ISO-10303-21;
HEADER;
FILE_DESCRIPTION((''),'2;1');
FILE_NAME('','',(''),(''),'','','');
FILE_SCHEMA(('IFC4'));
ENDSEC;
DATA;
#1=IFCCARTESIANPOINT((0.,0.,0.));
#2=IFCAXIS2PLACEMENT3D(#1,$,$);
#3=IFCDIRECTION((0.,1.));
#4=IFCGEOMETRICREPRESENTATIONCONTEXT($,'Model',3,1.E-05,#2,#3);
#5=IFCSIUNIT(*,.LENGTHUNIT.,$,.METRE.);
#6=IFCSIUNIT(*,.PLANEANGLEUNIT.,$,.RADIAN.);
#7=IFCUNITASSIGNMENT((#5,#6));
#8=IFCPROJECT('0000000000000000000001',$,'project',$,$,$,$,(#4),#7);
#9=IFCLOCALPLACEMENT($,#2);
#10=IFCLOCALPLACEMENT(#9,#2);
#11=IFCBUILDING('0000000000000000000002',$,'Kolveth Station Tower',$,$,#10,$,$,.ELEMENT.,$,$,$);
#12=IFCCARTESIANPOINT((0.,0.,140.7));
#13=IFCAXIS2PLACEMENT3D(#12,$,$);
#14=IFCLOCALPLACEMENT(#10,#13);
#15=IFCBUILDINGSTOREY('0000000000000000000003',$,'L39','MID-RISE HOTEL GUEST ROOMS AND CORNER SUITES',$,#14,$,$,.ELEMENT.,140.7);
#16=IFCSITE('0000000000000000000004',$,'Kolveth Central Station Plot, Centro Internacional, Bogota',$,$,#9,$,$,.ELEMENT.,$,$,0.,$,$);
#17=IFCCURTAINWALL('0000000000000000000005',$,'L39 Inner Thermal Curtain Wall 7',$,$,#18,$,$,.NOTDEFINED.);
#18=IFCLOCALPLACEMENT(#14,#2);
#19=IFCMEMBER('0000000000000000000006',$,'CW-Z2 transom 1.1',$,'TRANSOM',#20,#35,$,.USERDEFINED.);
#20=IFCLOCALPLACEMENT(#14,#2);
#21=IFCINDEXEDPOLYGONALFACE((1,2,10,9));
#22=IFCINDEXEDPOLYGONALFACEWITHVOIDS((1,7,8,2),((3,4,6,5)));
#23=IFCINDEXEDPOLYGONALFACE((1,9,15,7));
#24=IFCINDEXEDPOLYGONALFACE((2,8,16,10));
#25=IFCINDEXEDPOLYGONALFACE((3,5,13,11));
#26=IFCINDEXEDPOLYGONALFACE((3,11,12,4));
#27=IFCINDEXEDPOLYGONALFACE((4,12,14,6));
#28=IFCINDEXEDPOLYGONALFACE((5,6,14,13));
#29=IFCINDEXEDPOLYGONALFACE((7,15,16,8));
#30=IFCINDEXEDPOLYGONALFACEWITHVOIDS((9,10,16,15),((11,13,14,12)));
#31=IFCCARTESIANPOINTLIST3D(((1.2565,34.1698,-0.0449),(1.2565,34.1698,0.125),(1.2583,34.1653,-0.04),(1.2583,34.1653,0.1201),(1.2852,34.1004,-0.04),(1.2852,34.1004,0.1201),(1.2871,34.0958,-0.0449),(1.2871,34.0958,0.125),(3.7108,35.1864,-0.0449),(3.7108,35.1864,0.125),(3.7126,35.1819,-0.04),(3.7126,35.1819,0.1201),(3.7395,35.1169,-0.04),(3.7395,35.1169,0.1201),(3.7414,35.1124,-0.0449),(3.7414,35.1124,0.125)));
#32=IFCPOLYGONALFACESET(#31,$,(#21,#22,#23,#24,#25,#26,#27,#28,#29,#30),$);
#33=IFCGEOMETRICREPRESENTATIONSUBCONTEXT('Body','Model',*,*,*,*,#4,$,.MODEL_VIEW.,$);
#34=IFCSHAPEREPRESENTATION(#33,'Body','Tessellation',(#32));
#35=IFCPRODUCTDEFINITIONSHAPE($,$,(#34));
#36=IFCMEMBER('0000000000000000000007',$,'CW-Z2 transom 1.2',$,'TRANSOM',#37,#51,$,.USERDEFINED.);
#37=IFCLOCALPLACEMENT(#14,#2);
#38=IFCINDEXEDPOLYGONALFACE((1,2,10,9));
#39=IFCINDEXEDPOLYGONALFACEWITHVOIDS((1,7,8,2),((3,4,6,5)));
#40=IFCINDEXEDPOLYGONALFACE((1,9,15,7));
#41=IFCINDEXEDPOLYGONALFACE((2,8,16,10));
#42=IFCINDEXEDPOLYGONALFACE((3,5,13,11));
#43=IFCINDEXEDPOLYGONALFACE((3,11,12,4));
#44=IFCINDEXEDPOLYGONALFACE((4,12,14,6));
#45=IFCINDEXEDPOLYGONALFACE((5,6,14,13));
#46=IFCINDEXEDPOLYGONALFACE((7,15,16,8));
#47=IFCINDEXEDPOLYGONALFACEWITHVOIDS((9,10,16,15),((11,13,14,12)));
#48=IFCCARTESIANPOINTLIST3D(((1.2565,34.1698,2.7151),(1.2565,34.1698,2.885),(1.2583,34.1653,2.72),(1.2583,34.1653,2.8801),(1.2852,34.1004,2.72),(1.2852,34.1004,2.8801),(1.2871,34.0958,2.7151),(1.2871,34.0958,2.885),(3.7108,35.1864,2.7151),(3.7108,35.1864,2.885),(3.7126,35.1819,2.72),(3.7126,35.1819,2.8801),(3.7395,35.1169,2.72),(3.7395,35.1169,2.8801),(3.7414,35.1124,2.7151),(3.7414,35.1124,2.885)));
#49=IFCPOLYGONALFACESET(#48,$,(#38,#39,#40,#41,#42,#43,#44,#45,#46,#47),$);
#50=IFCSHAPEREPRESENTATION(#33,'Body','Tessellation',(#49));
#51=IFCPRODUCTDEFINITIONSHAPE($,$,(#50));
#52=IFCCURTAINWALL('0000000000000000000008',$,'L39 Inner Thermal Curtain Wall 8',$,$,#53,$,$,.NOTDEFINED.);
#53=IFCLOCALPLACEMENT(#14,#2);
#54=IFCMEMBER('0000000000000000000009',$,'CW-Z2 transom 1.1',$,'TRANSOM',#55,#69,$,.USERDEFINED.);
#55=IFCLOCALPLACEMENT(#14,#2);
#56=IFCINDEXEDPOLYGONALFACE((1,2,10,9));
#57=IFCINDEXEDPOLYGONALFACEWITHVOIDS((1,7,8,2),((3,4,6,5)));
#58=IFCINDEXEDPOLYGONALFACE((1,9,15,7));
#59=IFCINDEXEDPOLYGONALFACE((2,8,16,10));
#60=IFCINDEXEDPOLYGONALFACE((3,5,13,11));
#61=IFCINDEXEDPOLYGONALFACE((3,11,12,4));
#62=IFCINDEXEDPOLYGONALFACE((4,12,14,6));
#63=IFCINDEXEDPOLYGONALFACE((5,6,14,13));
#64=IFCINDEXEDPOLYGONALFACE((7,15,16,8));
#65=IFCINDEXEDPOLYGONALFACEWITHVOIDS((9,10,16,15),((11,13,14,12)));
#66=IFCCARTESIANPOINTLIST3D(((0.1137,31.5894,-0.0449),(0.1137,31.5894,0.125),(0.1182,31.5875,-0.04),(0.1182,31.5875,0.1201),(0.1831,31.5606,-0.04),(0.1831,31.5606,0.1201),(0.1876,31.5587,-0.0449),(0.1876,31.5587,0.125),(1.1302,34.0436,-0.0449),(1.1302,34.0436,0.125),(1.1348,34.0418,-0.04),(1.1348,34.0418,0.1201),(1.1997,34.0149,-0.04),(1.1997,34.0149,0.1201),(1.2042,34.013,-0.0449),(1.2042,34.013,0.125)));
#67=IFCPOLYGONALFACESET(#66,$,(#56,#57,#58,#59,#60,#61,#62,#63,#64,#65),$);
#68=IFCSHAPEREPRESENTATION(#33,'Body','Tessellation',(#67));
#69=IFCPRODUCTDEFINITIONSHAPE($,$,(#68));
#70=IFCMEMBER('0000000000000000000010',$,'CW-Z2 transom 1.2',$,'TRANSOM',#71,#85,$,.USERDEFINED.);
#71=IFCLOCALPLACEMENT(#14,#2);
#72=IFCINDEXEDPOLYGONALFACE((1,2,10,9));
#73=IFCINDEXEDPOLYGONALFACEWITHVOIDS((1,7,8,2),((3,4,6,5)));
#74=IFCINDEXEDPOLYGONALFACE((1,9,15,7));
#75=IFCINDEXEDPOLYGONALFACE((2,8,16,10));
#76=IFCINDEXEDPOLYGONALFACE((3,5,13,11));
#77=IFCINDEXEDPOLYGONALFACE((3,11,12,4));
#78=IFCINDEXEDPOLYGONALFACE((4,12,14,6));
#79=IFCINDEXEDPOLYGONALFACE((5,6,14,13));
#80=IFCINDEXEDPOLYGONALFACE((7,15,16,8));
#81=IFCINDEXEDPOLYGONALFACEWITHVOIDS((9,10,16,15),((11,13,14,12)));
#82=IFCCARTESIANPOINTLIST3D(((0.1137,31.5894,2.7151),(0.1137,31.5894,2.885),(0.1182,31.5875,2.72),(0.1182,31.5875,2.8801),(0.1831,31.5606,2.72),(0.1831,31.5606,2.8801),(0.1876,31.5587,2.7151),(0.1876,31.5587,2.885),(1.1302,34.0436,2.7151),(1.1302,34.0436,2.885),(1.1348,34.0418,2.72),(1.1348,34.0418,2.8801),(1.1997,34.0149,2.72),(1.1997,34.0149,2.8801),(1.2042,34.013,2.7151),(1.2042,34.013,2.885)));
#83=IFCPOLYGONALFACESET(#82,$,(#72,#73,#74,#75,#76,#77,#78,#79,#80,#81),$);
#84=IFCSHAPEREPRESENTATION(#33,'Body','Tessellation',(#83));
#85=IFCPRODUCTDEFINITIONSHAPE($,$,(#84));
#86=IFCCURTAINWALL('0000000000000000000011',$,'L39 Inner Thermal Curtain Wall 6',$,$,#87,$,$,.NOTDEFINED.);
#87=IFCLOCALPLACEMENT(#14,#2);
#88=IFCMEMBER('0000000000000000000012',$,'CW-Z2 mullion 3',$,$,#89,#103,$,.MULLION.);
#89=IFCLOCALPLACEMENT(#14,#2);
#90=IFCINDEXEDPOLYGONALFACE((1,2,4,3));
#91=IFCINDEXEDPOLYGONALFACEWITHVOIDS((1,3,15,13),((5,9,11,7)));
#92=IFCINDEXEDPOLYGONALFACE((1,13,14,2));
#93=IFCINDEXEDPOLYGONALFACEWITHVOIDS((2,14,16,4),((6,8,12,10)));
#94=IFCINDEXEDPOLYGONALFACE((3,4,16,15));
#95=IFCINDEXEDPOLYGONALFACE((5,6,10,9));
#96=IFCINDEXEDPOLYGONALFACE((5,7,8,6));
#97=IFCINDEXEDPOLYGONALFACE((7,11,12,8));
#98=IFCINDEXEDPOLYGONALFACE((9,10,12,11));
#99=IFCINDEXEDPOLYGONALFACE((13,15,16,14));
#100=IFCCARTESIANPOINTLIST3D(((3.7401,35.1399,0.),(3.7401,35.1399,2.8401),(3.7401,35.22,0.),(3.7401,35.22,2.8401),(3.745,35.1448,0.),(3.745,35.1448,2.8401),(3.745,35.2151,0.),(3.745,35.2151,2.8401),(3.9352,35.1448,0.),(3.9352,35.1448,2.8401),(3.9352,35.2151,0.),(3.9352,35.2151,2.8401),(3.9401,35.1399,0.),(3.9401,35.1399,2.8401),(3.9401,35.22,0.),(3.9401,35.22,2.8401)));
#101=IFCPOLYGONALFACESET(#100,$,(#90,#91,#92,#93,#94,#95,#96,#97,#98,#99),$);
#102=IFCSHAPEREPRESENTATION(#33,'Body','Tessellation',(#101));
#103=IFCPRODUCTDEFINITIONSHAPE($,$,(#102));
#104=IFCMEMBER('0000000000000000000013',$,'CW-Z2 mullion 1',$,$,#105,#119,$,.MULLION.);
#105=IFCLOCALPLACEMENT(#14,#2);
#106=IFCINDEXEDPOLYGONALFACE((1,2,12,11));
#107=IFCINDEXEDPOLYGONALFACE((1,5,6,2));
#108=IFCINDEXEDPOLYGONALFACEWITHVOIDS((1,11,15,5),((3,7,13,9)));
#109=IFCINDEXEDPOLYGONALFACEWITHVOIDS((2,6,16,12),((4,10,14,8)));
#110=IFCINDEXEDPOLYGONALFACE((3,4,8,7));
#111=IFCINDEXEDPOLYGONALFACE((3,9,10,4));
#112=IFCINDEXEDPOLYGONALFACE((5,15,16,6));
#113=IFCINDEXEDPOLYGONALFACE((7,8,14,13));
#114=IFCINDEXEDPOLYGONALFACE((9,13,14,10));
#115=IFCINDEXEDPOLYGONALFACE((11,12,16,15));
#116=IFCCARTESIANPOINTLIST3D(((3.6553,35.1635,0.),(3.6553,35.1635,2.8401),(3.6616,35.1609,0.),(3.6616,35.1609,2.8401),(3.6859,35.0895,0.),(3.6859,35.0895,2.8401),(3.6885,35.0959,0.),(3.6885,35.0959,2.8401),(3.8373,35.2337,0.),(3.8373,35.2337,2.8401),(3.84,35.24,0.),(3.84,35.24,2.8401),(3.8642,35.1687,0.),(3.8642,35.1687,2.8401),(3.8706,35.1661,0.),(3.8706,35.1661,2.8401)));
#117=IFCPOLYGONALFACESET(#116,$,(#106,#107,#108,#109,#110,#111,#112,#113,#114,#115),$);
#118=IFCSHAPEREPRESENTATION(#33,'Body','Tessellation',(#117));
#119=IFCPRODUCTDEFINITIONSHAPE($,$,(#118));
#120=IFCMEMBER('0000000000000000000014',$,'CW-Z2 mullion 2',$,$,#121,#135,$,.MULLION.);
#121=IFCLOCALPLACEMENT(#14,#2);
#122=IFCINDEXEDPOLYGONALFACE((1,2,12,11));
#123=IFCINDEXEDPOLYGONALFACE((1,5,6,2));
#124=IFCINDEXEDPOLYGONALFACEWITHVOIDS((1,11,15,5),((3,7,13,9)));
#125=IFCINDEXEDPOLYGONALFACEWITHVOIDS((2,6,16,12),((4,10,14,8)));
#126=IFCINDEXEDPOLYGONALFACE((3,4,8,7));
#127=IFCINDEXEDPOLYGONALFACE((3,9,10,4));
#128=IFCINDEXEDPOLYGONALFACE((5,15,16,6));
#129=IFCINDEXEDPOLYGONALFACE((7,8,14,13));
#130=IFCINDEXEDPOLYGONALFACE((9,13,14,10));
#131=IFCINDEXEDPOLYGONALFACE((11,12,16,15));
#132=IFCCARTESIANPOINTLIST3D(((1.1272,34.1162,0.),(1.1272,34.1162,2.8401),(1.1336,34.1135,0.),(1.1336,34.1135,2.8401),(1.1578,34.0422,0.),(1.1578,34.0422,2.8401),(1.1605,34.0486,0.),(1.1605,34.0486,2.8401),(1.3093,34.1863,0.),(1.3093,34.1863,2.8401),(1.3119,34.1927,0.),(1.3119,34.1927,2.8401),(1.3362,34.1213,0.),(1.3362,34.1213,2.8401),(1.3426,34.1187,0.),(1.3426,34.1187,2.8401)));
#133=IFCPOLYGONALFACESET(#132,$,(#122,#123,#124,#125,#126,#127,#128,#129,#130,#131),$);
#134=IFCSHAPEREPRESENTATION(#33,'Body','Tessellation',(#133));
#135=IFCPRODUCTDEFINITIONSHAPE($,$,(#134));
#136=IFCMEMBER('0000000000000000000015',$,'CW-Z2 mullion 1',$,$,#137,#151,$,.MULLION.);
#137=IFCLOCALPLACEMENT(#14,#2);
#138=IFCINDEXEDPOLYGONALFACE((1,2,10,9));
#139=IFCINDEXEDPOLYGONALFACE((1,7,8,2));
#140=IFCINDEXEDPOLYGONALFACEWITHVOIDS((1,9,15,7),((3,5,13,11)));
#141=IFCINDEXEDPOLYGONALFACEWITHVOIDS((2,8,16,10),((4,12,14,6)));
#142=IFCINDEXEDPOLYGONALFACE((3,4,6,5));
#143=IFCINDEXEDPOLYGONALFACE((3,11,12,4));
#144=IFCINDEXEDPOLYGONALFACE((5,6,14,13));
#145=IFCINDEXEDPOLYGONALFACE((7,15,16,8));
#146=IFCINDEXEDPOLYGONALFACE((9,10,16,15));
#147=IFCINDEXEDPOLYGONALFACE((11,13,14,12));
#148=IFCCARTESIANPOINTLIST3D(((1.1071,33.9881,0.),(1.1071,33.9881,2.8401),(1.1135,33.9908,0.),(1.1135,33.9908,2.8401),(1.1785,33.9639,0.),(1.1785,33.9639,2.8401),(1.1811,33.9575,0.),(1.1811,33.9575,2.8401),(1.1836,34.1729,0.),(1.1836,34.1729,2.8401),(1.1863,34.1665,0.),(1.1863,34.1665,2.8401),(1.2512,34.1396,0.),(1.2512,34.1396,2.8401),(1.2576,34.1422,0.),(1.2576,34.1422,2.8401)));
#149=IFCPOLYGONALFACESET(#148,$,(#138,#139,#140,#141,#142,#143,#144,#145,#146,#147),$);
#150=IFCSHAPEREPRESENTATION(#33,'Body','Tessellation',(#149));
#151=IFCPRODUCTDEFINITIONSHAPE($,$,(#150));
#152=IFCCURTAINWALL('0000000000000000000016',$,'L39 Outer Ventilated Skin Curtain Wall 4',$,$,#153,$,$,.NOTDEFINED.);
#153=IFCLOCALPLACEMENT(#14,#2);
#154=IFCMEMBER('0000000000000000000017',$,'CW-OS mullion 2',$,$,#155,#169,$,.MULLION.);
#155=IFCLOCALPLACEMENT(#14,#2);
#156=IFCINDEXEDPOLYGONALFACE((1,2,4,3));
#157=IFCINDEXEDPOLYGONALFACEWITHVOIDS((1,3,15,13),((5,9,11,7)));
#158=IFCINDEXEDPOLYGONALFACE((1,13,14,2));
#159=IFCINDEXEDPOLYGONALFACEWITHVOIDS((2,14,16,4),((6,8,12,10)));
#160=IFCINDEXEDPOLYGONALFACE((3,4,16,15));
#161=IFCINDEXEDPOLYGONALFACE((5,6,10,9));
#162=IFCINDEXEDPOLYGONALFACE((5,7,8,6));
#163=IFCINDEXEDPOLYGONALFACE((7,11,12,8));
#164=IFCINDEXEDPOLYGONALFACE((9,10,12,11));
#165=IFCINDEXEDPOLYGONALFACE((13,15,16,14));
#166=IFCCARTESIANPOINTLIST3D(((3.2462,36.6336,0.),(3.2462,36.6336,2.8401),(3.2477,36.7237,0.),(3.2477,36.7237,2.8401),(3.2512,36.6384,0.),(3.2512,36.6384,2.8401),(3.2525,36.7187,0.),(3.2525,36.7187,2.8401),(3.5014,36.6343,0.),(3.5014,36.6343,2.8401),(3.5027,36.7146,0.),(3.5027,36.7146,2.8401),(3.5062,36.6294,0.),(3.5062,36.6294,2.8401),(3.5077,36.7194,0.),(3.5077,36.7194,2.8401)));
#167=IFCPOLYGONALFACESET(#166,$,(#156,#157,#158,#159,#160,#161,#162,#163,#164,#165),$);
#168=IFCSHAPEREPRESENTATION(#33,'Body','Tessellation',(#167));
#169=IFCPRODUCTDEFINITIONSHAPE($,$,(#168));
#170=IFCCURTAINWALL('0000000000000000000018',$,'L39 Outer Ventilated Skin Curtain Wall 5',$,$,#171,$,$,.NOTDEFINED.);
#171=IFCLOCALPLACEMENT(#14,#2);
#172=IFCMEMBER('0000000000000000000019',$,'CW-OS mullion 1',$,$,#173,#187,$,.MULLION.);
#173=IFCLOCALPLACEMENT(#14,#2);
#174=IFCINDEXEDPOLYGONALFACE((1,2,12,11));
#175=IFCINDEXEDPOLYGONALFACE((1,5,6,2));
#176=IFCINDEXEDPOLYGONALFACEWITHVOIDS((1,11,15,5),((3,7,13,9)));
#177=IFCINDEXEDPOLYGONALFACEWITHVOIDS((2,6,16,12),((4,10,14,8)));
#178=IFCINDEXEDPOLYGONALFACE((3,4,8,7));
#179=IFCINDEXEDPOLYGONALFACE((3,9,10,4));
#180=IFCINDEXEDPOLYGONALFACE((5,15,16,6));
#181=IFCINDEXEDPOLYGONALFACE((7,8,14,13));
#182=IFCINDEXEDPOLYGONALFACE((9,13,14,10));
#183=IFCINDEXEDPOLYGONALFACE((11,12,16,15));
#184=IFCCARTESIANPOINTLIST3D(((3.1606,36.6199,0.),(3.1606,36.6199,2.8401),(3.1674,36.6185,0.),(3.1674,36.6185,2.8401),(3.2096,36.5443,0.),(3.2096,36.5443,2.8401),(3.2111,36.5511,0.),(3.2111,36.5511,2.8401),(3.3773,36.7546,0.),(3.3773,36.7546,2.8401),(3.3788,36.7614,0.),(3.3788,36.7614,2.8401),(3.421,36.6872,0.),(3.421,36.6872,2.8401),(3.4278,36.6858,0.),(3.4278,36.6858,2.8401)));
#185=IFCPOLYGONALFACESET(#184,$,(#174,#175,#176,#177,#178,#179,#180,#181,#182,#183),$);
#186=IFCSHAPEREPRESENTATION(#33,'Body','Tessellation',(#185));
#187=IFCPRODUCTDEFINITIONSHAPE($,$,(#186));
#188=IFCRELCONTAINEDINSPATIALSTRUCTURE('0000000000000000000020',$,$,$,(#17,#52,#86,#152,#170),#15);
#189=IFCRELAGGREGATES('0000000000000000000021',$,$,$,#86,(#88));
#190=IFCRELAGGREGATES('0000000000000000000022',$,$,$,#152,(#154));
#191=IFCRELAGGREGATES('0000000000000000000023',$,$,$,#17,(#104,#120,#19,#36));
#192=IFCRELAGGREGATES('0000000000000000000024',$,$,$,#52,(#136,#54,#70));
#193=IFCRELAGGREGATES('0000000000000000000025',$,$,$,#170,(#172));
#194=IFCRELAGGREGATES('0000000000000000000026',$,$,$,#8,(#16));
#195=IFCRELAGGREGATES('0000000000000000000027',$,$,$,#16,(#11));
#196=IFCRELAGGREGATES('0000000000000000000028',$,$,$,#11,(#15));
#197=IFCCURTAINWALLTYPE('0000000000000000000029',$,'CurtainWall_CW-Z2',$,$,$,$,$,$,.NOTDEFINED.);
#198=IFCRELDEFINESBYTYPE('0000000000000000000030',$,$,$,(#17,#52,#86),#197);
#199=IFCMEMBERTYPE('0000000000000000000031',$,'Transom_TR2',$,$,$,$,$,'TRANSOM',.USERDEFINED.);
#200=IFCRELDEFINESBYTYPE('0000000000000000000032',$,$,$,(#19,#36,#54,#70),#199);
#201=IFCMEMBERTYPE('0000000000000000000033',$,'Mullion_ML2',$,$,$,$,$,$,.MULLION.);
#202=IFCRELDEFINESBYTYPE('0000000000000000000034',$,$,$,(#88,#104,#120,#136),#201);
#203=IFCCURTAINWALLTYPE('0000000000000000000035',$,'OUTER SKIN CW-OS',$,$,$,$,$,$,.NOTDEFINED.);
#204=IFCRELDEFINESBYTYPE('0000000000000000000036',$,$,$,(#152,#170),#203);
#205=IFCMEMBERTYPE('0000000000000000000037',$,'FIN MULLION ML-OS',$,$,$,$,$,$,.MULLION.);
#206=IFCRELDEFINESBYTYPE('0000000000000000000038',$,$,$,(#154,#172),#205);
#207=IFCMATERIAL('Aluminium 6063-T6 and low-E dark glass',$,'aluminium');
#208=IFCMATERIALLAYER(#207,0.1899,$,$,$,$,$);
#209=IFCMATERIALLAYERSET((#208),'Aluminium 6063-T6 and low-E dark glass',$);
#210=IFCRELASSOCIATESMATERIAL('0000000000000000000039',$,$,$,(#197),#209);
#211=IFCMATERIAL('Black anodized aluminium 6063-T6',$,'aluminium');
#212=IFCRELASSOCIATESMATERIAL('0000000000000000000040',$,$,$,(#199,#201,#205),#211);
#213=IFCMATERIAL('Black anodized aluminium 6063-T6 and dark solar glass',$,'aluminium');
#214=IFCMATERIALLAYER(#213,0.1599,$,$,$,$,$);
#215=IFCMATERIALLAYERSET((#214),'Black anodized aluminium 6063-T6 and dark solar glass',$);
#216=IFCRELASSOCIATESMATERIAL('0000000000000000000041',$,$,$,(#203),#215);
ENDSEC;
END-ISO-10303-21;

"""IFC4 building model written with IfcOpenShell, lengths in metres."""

from ifc_helpers import new_model, si_unit, direction, frame, origin, origin_2d, place, context, subcontext, project, spatial, hollow_rectangle, extrude, source, transform, mapped, material, layer, layer_set, material_profile, profile_set, type_object, element, aggregate, save


model = new_model("IFC4")

# Units and contexts
model_context = context("Model", 3, precision=1e-05, world=origin(), true_north=direction((0.0, 1.0)))
body_context = subcontext(model_context, "Body", "Model", "MODEL_VIEW")
ifc_project = project(units=[si_unit("LENGTHUNIT", "METRE"), si_unit("PLANEANGLEUNIT", "RADIAN")], contexts=[model_context])

# Site, building, storey
site_placement = place(None, origin())
site = spatial("IfcSite", under=ifc_project, at=site_placement, Name="Kolveth Central Station Plot, Centro Internacional, Bogota", CompositionType="ELEMENT", RefElevation=0.0)
building_placement = place(site_placement, origin())
building = spatial("IfcBuilding", under=site, at=building_placement, Name="Kolveth Station Tower", CompositionType="ELEMENT")
storey_placement = place(building_placement, frame((0.0, 0.0, 140.7)))
storey = spatial("IfcBuildingStorey", under=building, at=storey_placement, Name="L39", Description="MID-RISE HOTEL GUEST ROOMS AND CORNER SUITES", CompositionType="ELEMENT", Elevation=140.7)

# Curtain walls, members
ifc_material_1 = material(Name="Aluminium 6063-T6 and low-E dark glass", Category="aluminium")
ifc_layer_1 = layer(ifc_material_1, 0.1899)
ifc_layer_set_1 = layer_set([ifc_layer_1], Name="Aluminium 6063-T6 and low-E dark glass")
curtain_wall_type_1 = type_object("IfcCurtainWallType", Name="CurtainWall_CW-Z2", PredefinedType="NOTDEFINED", material=ifc_layer_set_1)
curtain_wall_1_placement = place(storey_placement, origin())
curtain_wall_1 = element("IfcCurtainWall", 1, at=curtain_wall_1_placement, inside=storey, type_object=curtain_wall_type_1, Name="L39 Inner Thermal Curtain Wall 7", PredefinedType="NOTDEFINED")
ifc_material_2 = material(Name="Black anodized aluminium 6063-T6", Category="aluminium")
ifc_material_profile_1 = material_profile(ifc_material_2, hollow_rectangle(XDim=0.0801, YDim=0.1699, WallThickness=0.0049, at=origin_2d()), Name="ALU-80x170x5")
ifc_profile_set_1 = profile_set([ifc_material_profile_1], Name="Black anodized aluminium 6063-T6")
member_type_1 = type_object("IfcMemberType", Name="Transom_TR2", ElementType="TRANSOM", PredefinedType="USERDEFINED", material=ifc_profile_set_1)
shared_shape_1 = source(origin(), body_context, "Body", "SweptSolid", [
    extrude(hollow_rectangle(XDim=0.0801, YDim=0.1699, WallThickness=0.0049, at=origin_2d()), origin(), (0.0, 0.0, 1.0), 2.6565),
])
member_1_placement = place(storey_placement, frame((3.7261, 35.1494, 0.04), z_axis=(-0.923882, -0.382676, 0.0), x_axis=(0.382676, -0.923882, 0.0)))
member_1 = element("IfcMember", 2, at=member_1_placement, type_object=member_type_1, Name="CW-Z2 transom 1.1", ObjectType="TRANSOM", PredefinedType="USERDEFINED", context=body_context, shape_type="MappedRepresentation", body=[
    mapped(shared_shape_1, transform((0.0, 0.0, 0.0), x_axis=(1.0, 0.0, 0.0), y_axis=(0.0, 1.0, 0.0), z_axis=(0.0, 0.0, 1.0), scale=1.0)),
])
member_2_placement = place(storey_placement, frame((3.7261, 35.1494, 2.8), z_axis=(-0.923882, -0.382676, 0.0), x_axis=(0.382676, -0.923882, 0.0)))
member_2 = element("IfcMember", 3, at=member_2_placement, type_object=member_type_1, Name="CW-Z2 transom 1.2", ObjectType="TRANSOM", PredefinedType="USERDEFINED", context=body_context, shape_type="MappedRepresentation", body=[
    mapped(shared_shape_1, transform((0.0, 0.0, 0.0), x_axis=(1.0, 0.0, 0.0), y_axis=(0.0, 1.0, 0.0), z_axis=(0.0, 0.0, 1.0), scale=1.0)),
])
curtain_wall_2_placement = place(storey_placement, origin())
curtain_wall_2 = element("IfcCurtainWall", 4, at=curtain_wall_2_placement, inside=storey, type_object=curtain_wall_type_1, Name="L39 Inner Thermal Curtain Wall 8", PredefinedType="NOTDEFINED")
member_3_placement = place(storey_placement, frame((1.1672, 34.0283, 0.04), z_axis=(-0.382676, -0.923882, 0.0), x_axis=(0.923882, -0.382676, 0.0)))
member_3 = element("IfcMember", 5, at=member_3_placement, type_object=member_type_1, Name="CW-Z2 transom 1.1", ObjectType="TRANSOM", PredefinedType="USERDEFINED", context=body_context, shape_type="MappedRepresentation", body=[
    mapped(shared_shape_1, transform((0.0, 0.0, 0.0), x_axis=(1.0, 0.0, 0.0), y_axis=(0.0, 1.0, 0.0), z_axis=(0.0, 0.0, 1.0), scale=1.0)),
])
member_4_placement = place(storey_placement, frame((1.1672, 34.0283, 2.8), z_axis=(-0.382676, -0.923882, 0.0), x_axis=(0.923882, -0.382676, 0.0)))
member_4 = element("IfcMember", 6, at=member_4_placement, type_object=member_type_1, Name="CW-Z2 transom 1.2", ObjectType="TRANSOM", PredefinedType="USERDEFINED", context=body_context, shape_type="MappedRepresentation", body=[
    mapped(shared_shape_1, transform((0.0, 0.0, 0.0), x_axis=(1.0, 0.0, 0.0), y_axis=(0.0, 1.0, 0.0), z_axis=(0.0, 0.0, 1.0), scale=1.0)),
])

# Curtain wall, member
curtain_wall_3_placement = place(storey_placement, origin())
curtain_wall_3 = element("IfcCurtainWall", 7, at=curtain_wall_3_placement, inside=storey, type_object=curtain_wall_type_1, Name="L39 Inner Thermal Curtain Wall 6", PredefinedType="NOTDEFINED")
ifc_material_profile_2 = material_profile(ifc_material_2, hollow_rectangle(XDim=0.0801, YDim=0.2, WallThickness=0.0049, at=origin_2d()), Name="ALU-80x200x5")
ifc_profile_set_2 = profile_set([ifc_material_profile_2], Name="Black anodized aluminium 6063-T6")
member_type_2 = type_object("IfcMemberType", Name="Mullion_ML2", PredefinedType="MULLION", material=ifc_profile_set_2)
shared_shape_2 = source(origin(), body_context, "Body", "SweptSolid", [
    extrude(hollow_rectangle(XDim=0.0801, YDim=0.2, WallThickness=0.0049, at=origin_2d()), origin(), (0.0, 0.0, 1.0), 2.8401),
])
member_5_placement = place(storey_placement, frame((3.8401, 35.1799, 0.0), z_axis=(0.0, 0.0, 1.0), x_axis=(0.0, -1.0, 0.0)))
member_5 = element("IfcMember", 8, at=member_5_placement, type_object=member_type_2, Name="CW-Z2 mullion 3", PredefinedType="MULLION", context=body_context, shape_type="MappedRepresentation", body=[
    mapped(shared_shape_2, transform((0.0, 0.0, 0.0), x_axis=(1.0, 0.0, 0.0), y_axis=(0.0, 1.0, 0.0), z_axis=(0.0, 0.0, 1.0), scale=1.0)),
])
aggregate(curtain_wall_3, [member_5])

# Members
member_6_placement = place(storey_placement, frame((3.7629, 35.1648, 0.0), z_axis=(0.0, 0.0, 1.0), x_axis=(0.382663, -0.923888, 0.0)))
member_6 = element("IfcMember", 9, at=member_6_placement, type_object=member_type_2, Name="CW-Z2 mullion 1", PredefinedType="MULLION", context=body_context, shape_type="MappedRepresentation", body=[
    mapped(shared_shape_2, transform((0.0, 0.0, 0.0), x_axis=(1.0, 0.0, 0.0), y_axis=(0.0, 1.0, 0.0), z_axis=(0.0, 0.0, 1.0), scale=1.0)),
])
member_7_placement = place(storey_placement, frame((1.2349, 34.1174, 0.0), z_axis=(0.0, 0.0, 1.0), x_axis=(0.382663, -0.923888, 0.0)))
member_7 = element("IfcMember", 10, at=member_7_placement, type_object=member_type_2, Name="CW-Z2 mullion 2", PredefinedType="MULLION", context=body_context, shape_type="MappedRepresentation", body=[
    mapped(shared_shape_2, transform((0.0, 0.0, 0.0), x_axis=(1.0, 0.0, 0.0), y_axis=(0.0, 1.0, 0.0), z_axis=(0.0, 0.0, 1.0), scale=1.0)),
])
member_8_placement = place(storey_placement, frame((1.1824, 34.0652, 0.0), z_axis=(0.0, 0.0, 1.0), x_axis=(0.923888, -0.382663, 0.0)))
member_8 = element("IfcMember", 11, at=member_8_placement, type_object=member_type_2, Name="CW-Z2 mullion 1", PredefinedType="MULLION", context=body_context, shape_type="MappedRepresentation", body=[
    mapped(shared_shape_2, transform((0.0, 0.0, 0.0), x_axis=(1.0, 0.0, 0.0), y_axis=(0.0, 1.0, 0.0), z_axis=(0.0, 0.0, 1.0), scale=1.0)),
])

# Curtain wall, member
ifc_material_3 = material(Name="Black anodized aluminium 6063-T6 and dark solar glass", Category="aluminium")
ifc_layer_2 = layer(ifc_material_3, 0.1599)
ifc_layer_set_2 = layer_set([ifc_layer_2], Name="Black anodized aluminium 6063-T6 and dark solar glass")
curtain_wall_type_2 = type_object("IfcCurtainWallType", Name="OUTER SKIN CW-OS", PredefinedType="NOTDEFINED", material=ifc_layer_set_2)
curtain_wall_4_placement = place(storey_placement, origin())
curtain_wall_4 = element("IfcCurtainWall", 12, at=curtain_wall_4_placement, inside=storey, type_object=curtain_wall_type_2, Name="L39 Outer Ventilated Skin Curtain Wall 4", PredefinedType="NOTDEFINED")
ifc_material_profile_3 = material_profile(ifc_material_2, hollow_rectangle(XDim=0.0901, YDim=0.26, WallThickness=0.0049, at=origin_2d()), Name="ALU-90x260x5")
ifc_profile_set_3 = profile_set([ifc_material_profile_3], Name="Black anodized aluminium 6063-T6")
member_type_3 = type_object("IfcMemberType", Name="FIN MULLION ML-OS", PredefinedType="MULLION", material=ifc_profile_set_3)
shared_shape_3 = source(origin(), body_context, "Body", "SweptSolid", [
    extrude(hollow_rectangle(XDim=0.0901, YDim=0.26, WallThickness=0.0049, at=origin_2d()), origin(), (0.0, 0.0, 1.0), 2.8401),
])
member_9_placement = place(storey_placement, frame((3.377, 36.6765, 0.0), z_axis=(0.0, 0.0, 1.0), x_axis=(-0.016212, -0.999869, 0.0)))
member_9 = element("IfcMember", 13, at=member_9_placement, type_object=member_type_3, Name="CW-OS mullion 2", PredefinedType="MULLION", context=body_context, shape_type="MappedRepresentation", body=[
    mapped(shared_shape_3, transform((0.0, 0.0, 0.0), x_axis=(1.0, 0.0, 0.0), y_axis=(0.0, 1.0, 0.0), z_axis=(0.0, 0.0, 1.0), scale=1.0)),
])
aggregate(curtain_wall_4, [member_9])

# Curtain wall, member
curtain_wall_5_placement = place(storey_placement, origin())
curtain_wall_5 = element("IfcCurtainWall", 14, at=curtain_wall_5_placement, inside=storey, type_object=curtain_wall_type_2, Name="L39 Outer Ventilated Skin Curtain Wall 5", PredefinedType="NOTDEFINED")
member_10_placement = place(storey_placement, frame((3.2942, 36.6528, 0.0), z_axis=(0.0, 0.0, 1.0), x_axis=(0.544067, -0.839042, 0.0)))
member_10 = element("IfcMember", 15, at=member_10_placement, type_object=member_type_3, Name="CW-OS mullion 1", PredefinedType="MULLION", context=body_context, shape_type="MappedRepresentation", body=[
    mapped(shared_shape_3, transform((0.0, 0.0, 0.0), x_axis=(1.0, 0.0, 0.0), y_axis=(0.0, 1.0, 0.0), z_axis=(0.0, 0.0, 1.0), scale=1.0)),
])

aggregate(curtain_wall_1, [member_6, member_7, member_1, member_2])
aggregate(curtain_wall_2, [member_8, member_3, member_4])
aggregate(curtain_wall_5, [member_10])

save(model, "model.ifc")
